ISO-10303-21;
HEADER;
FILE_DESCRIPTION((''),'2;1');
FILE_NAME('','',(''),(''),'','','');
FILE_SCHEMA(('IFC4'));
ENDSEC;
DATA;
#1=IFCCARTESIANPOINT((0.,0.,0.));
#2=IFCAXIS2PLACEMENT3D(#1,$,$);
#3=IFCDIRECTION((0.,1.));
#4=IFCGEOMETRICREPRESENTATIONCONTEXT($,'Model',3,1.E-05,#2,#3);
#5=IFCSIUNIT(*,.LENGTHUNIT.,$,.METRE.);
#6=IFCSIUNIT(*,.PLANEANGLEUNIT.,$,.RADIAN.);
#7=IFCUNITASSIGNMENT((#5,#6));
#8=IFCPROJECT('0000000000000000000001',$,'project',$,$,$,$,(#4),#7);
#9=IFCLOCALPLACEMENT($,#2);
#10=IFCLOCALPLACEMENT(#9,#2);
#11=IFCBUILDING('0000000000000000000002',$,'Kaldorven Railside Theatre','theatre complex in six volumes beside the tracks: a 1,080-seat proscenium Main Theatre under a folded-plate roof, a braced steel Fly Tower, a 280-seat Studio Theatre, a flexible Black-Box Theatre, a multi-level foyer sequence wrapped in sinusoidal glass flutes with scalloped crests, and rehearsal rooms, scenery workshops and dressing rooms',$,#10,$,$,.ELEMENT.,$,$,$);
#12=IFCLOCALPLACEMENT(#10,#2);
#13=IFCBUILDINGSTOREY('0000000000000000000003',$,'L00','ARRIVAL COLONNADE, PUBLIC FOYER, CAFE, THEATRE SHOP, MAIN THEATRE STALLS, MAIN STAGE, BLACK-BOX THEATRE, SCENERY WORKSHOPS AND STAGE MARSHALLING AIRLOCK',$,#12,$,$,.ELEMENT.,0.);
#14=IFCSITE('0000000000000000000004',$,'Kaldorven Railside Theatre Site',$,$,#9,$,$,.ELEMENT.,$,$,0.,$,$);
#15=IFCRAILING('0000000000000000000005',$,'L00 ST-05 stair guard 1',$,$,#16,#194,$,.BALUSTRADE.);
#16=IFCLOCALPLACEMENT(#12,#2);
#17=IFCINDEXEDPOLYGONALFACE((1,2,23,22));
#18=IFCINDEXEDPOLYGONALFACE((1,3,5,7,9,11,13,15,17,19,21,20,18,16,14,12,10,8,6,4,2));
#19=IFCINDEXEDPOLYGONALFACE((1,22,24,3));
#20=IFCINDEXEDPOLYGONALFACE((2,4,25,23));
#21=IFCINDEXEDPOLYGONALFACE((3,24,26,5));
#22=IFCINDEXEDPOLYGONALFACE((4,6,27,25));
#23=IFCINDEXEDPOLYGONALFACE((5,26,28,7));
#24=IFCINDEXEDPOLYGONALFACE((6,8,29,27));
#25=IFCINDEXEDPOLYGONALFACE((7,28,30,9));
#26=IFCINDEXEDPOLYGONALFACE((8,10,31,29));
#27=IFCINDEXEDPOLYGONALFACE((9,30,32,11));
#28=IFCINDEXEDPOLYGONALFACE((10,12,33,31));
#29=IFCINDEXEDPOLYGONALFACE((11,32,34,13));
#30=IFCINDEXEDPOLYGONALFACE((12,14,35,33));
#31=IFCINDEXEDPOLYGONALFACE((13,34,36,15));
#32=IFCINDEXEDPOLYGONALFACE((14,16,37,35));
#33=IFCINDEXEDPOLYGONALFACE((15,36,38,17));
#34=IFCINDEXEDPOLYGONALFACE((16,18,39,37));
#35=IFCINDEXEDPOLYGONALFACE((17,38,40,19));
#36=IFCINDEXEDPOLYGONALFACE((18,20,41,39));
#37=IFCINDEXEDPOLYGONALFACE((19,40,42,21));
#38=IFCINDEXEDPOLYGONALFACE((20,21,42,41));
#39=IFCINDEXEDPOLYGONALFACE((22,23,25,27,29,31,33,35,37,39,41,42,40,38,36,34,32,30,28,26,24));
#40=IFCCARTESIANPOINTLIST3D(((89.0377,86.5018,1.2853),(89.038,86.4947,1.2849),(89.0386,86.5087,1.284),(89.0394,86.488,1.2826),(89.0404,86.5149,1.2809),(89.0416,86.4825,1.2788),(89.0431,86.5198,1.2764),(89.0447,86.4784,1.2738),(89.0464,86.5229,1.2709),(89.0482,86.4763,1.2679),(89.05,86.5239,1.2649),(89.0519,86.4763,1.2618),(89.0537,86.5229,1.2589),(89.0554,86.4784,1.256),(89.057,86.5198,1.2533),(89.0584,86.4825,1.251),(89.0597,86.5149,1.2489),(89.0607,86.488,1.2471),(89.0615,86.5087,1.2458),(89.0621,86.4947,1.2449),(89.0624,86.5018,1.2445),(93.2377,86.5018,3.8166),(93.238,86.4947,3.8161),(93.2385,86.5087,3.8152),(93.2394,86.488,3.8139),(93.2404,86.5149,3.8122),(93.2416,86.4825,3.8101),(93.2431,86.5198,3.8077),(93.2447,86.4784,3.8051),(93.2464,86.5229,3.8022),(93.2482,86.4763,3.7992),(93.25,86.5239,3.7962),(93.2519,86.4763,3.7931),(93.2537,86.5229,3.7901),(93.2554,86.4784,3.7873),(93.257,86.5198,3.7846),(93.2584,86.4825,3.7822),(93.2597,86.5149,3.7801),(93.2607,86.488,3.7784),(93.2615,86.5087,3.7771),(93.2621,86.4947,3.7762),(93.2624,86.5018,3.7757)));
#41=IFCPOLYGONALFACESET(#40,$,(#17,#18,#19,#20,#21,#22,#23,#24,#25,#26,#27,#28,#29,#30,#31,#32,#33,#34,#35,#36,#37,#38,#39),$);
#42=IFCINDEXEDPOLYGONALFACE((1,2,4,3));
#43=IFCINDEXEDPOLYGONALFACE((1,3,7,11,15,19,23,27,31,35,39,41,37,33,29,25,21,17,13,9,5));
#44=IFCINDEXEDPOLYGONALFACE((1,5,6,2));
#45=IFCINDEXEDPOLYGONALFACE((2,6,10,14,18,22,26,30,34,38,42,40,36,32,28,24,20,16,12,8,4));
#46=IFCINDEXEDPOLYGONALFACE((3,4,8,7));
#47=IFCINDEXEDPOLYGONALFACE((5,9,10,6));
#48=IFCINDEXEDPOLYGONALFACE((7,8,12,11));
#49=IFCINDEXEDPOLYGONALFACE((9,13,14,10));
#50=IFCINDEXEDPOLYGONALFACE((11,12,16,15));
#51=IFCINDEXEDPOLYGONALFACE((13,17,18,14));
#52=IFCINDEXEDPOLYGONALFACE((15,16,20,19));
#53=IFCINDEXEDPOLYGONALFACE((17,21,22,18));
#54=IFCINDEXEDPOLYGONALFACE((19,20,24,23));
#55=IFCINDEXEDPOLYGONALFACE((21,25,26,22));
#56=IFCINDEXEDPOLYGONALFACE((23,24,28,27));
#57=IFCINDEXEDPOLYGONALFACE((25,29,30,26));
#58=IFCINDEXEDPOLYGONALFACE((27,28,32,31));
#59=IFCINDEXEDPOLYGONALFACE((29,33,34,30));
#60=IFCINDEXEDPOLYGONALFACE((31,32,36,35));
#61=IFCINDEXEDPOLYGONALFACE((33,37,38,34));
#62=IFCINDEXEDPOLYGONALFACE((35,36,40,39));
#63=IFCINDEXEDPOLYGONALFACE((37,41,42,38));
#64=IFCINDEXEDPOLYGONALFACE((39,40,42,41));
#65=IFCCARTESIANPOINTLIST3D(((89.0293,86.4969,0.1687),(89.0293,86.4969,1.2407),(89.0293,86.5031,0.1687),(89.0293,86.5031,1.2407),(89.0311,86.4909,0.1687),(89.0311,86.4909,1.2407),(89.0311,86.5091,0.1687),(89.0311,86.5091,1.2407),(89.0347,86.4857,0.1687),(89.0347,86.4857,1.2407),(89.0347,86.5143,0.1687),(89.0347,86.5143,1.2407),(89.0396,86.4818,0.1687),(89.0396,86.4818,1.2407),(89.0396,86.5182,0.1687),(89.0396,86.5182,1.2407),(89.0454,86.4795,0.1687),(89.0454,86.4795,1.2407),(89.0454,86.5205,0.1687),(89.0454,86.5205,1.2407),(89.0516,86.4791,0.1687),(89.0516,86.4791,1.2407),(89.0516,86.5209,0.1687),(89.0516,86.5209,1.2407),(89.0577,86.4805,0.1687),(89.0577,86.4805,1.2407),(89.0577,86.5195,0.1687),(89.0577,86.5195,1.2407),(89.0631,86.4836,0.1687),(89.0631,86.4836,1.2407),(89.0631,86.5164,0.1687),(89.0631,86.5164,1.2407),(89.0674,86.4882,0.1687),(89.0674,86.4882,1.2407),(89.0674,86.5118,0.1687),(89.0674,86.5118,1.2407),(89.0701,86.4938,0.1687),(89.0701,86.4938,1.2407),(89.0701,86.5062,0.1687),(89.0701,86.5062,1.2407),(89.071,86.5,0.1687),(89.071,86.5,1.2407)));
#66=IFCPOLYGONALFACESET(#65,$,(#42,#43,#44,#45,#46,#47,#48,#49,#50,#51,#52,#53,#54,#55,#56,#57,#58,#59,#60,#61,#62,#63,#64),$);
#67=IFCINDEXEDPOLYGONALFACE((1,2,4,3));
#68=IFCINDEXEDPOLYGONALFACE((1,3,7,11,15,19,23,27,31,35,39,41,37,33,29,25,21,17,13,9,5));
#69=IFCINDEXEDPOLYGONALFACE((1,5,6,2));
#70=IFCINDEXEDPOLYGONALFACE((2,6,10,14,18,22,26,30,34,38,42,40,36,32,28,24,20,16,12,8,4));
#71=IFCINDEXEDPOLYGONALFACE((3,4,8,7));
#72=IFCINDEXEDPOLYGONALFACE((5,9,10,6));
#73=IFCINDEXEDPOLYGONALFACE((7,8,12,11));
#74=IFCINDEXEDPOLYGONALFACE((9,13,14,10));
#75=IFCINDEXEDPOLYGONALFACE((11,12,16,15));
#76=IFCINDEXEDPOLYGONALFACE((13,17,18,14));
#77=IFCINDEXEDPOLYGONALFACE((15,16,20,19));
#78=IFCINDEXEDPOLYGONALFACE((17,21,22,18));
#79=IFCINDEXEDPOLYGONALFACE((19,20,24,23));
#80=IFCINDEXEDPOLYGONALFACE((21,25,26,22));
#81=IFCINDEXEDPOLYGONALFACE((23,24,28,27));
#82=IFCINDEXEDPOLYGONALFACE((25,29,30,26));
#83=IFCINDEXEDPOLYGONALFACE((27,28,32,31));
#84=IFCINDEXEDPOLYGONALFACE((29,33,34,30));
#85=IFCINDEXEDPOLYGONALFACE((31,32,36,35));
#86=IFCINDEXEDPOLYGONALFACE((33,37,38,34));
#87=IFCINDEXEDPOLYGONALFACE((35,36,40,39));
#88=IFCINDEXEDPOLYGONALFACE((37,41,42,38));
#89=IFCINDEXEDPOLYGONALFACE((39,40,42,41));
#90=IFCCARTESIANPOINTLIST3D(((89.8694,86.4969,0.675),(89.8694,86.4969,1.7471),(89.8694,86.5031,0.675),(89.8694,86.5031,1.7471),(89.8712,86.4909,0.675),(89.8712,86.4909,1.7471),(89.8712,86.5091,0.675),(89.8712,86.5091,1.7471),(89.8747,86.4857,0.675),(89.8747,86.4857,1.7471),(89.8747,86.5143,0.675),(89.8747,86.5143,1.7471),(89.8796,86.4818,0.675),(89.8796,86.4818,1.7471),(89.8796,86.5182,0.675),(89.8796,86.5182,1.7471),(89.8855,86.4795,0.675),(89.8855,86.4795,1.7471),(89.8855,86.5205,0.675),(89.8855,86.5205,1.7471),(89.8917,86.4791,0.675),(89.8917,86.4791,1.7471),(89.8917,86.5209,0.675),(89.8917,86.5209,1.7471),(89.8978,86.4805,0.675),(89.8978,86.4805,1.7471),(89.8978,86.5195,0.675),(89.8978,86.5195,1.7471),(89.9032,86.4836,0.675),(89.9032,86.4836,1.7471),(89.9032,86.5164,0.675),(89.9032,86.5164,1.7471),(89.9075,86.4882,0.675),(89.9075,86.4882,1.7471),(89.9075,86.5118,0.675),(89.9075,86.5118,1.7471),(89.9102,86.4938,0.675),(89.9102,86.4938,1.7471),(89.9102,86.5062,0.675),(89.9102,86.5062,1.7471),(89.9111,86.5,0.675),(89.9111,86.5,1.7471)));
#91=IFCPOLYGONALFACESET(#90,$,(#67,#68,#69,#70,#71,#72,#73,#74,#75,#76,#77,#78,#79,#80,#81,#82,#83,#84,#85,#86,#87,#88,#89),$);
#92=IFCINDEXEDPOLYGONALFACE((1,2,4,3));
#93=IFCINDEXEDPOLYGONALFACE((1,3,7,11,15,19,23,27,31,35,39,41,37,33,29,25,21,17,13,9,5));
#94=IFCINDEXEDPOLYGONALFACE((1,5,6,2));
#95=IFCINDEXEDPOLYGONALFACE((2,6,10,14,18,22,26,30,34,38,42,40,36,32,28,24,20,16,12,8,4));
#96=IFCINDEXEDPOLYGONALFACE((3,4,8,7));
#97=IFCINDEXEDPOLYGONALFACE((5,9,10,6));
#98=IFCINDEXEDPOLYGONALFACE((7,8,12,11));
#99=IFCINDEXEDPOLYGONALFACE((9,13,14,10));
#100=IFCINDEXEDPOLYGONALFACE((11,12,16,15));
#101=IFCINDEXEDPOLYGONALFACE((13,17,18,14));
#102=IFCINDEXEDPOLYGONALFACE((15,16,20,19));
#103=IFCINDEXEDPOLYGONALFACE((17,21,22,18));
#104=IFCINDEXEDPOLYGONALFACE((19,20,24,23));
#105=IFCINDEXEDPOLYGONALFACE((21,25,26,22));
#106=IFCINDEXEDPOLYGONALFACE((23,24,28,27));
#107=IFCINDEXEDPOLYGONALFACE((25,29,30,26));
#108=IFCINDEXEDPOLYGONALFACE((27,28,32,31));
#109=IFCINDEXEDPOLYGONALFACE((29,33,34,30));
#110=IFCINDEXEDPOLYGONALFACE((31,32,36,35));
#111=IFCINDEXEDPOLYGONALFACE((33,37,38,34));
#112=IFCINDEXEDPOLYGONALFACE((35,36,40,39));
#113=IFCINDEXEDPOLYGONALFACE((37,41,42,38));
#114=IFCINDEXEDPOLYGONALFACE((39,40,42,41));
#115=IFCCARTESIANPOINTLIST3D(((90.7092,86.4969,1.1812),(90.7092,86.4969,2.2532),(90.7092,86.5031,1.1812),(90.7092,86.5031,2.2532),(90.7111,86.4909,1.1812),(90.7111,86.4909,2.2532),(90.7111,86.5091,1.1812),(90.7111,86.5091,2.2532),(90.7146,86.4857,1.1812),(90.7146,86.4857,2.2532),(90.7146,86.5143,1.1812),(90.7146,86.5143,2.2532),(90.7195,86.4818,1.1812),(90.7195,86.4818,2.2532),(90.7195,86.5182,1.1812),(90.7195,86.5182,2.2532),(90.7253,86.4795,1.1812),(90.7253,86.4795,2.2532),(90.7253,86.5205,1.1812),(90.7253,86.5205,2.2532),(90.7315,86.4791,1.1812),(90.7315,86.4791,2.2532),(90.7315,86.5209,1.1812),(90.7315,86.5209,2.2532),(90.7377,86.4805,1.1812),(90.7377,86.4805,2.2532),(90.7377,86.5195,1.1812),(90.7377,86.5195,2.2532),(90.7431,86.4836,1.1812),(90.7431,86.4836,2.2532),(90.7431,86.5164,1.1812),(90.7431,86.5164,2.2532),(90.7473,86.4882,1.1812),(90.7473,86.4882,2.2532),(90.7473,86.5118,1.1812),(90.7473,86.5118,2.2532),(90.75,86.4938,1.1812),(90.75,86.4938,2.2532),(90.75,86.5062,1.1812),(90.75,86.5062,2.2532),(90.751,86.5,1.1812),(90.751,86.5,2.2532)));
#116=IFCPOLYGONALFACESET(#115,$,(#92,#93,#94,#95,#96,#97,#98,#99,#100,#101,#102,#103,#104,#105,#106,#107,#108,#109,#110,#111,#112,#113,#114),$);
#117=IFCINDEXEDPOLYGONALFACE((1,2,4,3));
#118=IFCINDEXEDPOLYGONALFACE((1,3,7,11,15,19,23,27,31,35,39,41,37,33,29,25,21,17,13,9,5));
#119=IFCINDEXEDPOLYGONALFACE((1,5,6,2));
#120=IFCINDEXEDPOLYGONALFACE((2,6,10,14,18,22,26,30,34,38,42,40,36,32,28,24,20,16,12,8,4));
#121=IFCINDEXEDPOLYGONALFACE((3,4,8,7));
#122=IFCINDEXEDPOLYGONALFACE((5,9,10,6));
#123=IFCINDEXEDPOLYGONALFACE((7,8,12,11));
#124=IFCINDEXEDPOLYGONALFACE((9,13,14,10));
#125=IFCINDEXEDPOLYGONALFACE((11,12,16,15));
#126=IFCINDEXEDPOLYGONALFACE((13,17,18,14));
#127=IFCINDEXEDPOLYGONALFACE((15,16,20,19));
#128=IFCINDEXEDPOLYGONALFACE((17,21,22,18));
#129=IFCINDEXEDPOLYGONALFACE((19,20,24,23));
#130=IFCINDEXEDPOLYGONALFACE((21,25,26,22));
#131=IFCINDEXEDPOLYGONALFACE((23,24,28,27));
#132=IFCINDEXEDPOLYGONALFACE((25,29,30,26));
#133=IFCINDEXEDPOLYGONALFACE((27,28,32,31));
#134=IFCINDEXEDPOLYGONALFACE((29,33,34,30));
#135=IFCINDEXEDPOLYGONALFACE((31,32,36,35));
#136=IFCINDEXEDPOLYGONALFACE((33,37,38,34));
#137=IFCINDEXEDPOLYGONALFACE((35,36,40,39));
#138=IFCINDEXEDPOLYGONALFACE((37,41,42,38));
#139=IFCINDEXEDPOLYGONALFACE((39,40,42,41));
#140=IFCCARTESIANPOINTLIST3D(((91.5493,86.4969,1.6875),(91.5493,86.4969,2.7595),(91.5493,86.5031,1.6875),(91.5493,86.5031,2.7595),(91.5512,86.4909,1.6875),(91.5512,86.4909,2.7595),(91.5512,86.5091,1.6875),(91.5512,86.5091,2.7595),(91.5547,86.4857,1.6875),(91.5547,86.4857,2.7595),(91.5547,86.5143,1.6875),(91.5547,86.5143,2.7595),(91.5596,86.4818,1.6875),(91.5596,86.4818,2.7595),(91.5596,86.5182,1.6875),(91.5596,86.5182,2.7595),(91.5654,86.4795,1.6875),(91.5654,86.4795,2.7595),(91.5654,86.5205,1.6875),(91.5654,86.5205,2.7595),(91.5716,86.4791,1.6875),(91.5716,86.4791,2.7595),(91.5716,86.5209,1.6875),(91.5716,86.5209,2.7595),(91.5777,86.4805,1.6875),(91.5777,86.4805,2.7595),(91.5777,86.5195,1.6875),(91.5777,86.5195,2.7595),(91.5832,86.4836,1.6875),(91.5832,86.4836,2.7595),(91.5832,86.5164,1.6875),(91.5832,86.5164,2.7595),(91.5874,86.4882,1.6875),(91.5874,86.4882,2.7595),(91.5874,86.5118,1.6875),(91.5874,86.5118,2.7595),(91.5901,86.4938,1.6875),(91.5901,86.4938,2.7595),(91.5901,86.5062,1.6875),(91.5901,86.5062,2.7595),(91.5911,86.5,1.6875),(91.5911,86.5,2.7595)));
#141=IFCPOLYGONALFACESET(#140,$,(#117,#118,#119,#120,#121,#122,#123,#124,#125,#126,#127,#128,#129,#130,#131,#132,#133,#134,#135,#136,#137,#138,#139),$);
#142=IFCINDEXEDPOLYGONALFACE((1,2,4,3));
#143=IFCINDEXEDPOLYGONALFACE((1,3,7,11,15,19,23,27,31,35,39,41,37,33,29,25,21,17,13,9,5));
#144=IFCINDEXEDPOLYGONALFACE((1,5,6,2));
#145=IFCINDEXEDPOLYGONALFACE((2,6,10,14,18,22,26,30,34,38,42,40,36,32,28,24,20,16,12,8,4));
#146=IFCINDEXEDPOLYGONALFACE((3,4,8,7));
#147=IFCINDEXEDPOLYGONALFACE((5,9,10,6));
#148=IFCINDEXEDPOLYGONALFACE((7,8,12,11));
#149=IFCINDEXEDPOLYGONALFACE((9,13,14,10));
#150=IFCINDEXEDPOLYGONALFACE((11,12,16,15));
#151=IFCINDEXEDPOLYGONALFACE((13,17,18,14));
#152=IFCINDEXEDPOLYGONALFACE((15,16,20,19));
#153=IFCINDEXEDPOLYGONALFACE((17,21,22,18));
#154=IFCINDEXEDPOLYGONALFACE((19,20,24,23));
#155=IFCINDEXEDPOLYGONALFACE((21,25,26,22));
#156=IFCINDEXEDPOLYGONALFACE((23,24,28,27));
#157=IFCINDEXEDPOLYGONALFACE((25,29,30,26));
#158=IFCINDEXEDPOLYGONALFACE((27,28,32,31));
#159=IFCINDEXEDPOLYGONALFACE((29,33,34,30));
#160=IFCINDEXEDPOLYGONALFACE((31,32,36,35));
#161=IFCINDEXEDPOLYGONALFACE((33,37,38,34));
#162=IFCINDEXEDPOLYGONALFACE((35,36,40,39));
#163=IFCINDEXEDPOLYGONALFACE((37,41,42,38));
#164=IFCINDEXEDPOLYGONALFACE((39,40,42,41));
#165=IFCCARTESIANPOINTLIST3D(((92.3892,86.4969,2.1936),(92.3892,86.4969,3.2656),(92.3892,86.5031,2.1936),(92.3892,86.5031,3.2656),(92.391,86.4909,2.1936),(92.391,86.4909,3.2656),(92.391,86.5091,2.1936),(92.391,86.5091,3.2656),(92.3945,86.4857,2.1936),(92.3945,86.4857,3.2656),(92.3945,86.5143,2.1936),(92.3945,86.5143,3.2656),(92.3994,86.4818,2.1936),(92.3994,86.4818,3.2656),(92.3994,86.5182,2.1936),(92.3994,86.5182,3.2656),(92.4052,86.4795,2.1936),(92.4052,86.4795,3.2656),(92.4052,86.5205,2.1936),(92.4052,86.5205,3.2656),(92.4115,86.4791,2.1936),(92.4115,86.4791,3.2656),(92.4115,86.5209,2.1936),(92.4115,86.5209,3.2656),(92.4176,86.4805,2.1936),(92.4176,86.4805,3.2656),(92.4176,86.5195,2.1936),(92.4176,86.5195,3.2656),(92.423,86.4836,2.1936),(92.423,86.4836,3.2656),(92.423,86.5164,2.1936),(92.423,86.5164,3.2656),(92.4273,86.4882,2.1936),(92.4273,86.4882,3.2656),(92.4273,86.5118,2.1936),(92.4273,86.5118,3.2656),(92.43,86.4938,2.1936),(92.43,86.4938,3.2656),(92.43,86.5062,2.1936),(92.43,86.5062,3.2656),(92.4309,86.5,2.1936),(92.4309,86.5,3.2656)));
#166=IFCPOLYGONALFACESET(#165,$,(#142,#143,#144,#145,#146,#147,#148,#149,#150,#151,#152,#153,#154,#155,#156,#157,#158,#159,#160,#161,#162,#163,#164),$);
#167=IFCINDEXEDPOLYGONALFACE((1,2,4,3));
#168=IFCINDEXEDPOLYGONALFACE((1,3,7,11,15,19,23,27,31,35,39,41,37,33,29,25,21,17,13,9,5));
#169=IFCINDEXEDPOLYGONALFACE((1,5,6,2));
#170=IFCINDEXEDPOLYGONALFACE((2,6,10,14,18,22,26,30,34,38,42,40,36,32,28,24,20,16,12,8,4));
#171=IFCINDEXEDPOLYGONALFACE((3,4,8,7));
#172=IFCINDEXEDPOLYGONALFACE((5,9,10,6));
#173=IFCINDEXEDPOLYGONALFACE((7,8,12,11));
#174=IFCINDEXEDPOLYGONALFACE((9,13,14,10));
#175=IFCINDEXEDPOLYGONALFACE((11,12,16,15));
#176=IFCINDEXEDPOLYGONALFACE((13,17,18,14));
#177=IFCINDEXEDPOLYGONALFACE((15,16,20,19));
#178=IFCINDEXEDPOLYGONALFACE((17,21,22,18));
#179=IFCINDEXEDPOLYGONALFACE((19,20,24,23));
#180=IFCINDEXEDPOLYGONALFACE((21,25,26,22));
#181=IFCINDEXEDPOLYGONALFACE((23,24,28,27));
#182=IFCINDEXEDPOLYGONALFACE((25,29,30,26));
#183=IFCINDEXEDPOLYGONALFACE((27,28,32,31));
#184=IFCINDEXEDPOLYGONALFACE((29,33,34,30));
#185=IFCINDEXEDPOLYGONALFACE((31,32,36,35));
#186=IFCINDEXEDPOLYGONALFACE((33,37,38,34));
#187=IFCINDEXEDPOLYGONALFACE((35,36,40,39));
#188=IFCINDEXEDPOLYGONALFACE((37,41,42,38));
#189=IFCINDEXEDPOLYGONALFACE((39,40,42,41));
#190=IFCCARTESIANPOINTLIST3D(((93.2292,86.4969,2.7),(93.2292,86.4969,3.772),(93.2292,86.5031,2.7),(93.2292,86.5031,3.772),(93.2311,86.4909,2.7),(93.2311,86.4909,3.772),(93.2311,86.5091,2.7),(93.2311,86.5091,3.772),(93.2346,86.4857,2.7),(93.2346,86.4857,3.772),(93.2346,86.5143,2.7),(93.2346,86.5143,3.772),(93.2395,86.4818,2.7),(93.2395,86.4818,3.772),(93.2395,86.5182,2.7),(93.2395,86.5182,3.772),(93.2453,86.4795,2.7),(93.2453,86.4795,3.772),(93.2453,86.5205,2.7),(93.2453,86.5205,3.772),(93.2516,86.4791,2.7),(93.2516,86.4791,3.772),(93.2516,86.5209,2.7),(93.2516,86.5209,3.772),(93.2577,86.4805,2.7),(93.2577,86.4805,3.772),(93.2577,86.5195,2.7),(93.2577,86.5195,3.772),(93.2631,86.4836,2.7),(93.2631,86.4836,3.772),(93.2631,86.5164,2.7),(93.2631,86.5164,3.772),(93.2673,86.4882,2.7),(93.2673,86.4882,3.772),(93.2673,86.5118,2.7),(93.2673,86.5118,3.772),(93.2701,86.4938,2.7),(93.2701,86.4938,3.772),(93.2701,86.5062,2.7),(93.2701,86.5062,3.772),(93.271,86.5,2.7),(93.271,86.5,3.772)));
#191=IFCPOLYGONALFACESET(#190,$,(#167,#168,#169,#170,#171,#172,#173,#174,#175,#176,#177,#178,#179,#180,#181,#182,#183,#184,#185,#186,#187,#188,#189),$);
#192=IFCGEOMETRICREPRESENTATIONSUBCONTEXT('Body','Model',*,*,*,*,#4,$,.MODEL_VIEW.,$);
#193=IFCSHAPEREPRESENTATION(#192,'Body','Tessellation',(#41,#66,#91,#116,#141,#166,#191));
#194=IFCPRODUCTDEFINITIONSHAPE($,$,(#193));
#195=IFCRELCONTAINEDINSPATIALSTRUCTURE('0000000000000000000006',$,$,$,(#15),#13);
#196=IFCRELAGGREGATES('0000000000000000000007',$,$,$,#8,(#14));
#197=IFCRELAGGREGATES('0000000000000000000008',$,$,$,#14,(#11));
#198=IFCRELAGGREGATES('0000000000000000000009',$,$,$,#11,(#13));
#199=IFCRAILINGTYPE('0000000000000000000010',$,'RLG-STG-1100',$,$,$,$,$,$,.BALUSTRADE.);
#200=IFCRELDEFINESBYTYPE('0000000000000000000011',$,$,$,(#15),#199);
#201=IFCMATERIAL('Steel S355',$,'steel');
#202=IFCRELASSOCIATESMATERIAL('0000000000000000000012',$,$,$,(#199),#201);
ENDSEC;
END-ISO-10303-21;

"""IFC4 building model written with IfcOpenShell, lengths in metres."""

from ifc_helpers import new_model, si_unit, direction, frame, origin, origin_2d, place, context, subcontext, project, spatial, circle, extrude, material, type_object, element, save


model = new_model("IFC4")

# Units and contexts
model_context = context("Model", 3, precision=1e-05, world=origin(), true_north=direction((0.0, 1.0)))
body_context = subcontext(model_context, "Body", "Model", "MODEL_VIEW")
ifc_project = project(units=[si_unit("LENGTHUNIT", "METRE"), si_unit("PLANEANGLEUNIT", "RADIAN")], contexts=[model_context])

# Site, building, storey
site_placement = place(None, origin())
site = spatial("IfcSite", under=ifc_project, at=site_placement, Name="Kaldorven Railside Theatre Site", CompositionType="ELEMENT", RefElevation=0.0)
building_placement = place(site_placement, origin())
building = spatial("IfcBuilding", under=site, at=building_placement, Name="Kaldorven Railside Theatre", Description="theatre complex in six volumes beside the tracks: a 1,080-seat proscenium Main Theatre under a folded-plate roof, a braced steel Fly Tower, a 280-seat Studio Theatre, a flexible Black-Box Theatre, a multi-level foyer sequence wrapped in sinusoidal glass flutes with scalloped crests, and rehearsal rooms, scenery workshops and dressing rooms", CompositionType="ELEMENT")
storey_placement = place(building_placement, origin())
storey = spatial("IfcBuildingStorey", under=building, at=storey_placement, Name="L00", Description="ARRIVAL COLONNADE, PUBLIC FOYER, CAFE, THEATRE SHOP, MAIN THEATRE STALLS, MAIN STAGE, BLACK-BOX THEATRE, SCENERY WORKSHOPS AND STAGE MARSHALLING AIRLOCK", CompositionType="ELEMENT", Elevation=0.0)

# Shared definitions
ifc_material_1 = material(Name="Steel S355", Category="steel")

# Railing
railing_type_1 = type_object("IfcRailingType", Name="RLG-STG-1100", PredefinedType="BALUSTRADE", material=ifc_material_1)
railing_1_placement = place(storey_placement, frame((89.05, 86.5, 0.1687)))
element("IfcRailing", 1, at=railing_1_placement, inside=storey, type_object=railing_type_1, Name="L00 ST-05 stair guard 1", PredefinedType="BALUSTRADE", context=body_context, shape_type="SweptSolid", body=[
    extrude(circle(Radius=0.0239, at=origin_2d()), frame((0.0, 0.0, 1.0962), z_axis=(0.856476, 0.0, 0.516186), x_axis=(0.0, 1.0, 0.0)), (0.0, 0.0, 1.0), 4.9038),
    extrude(circle(Radius=0.021, at=origin_2d()), origin(), (0.0, 0.0, 1.0), 1.072),
    extrude(circle(Radius=0.021, at=origin_2d()), frame((0.8401, 0.0, 0.5063)), (0.0, 0.0, 1.0), 1.072),
    extrude(circle(Radius=0.021, at=origin_2d()), frame((1.6799, 0.0, 1.0125)), (0.0, 0.0, 1.0), 1.072),
    extrude(circle(Radius=0.021, at=origin_2d()), frame((2.52, 0.0, 1.5188)), (0.0, 0.0, 1.0), 1.072),
    extrude(circle(Radius=0.021, at=origin_2d()), frame((3.3599, 0.0, 2.0249)), (0.0, 0.0, 1.0), 1.072),
    extrude(circle(Radius=0.021, at=origin_2d()), frame((4.2, 0.0, 2.5312)), (0.0, 0.0, 1.0), 1.072),
])

save(model, "model.ifc")
